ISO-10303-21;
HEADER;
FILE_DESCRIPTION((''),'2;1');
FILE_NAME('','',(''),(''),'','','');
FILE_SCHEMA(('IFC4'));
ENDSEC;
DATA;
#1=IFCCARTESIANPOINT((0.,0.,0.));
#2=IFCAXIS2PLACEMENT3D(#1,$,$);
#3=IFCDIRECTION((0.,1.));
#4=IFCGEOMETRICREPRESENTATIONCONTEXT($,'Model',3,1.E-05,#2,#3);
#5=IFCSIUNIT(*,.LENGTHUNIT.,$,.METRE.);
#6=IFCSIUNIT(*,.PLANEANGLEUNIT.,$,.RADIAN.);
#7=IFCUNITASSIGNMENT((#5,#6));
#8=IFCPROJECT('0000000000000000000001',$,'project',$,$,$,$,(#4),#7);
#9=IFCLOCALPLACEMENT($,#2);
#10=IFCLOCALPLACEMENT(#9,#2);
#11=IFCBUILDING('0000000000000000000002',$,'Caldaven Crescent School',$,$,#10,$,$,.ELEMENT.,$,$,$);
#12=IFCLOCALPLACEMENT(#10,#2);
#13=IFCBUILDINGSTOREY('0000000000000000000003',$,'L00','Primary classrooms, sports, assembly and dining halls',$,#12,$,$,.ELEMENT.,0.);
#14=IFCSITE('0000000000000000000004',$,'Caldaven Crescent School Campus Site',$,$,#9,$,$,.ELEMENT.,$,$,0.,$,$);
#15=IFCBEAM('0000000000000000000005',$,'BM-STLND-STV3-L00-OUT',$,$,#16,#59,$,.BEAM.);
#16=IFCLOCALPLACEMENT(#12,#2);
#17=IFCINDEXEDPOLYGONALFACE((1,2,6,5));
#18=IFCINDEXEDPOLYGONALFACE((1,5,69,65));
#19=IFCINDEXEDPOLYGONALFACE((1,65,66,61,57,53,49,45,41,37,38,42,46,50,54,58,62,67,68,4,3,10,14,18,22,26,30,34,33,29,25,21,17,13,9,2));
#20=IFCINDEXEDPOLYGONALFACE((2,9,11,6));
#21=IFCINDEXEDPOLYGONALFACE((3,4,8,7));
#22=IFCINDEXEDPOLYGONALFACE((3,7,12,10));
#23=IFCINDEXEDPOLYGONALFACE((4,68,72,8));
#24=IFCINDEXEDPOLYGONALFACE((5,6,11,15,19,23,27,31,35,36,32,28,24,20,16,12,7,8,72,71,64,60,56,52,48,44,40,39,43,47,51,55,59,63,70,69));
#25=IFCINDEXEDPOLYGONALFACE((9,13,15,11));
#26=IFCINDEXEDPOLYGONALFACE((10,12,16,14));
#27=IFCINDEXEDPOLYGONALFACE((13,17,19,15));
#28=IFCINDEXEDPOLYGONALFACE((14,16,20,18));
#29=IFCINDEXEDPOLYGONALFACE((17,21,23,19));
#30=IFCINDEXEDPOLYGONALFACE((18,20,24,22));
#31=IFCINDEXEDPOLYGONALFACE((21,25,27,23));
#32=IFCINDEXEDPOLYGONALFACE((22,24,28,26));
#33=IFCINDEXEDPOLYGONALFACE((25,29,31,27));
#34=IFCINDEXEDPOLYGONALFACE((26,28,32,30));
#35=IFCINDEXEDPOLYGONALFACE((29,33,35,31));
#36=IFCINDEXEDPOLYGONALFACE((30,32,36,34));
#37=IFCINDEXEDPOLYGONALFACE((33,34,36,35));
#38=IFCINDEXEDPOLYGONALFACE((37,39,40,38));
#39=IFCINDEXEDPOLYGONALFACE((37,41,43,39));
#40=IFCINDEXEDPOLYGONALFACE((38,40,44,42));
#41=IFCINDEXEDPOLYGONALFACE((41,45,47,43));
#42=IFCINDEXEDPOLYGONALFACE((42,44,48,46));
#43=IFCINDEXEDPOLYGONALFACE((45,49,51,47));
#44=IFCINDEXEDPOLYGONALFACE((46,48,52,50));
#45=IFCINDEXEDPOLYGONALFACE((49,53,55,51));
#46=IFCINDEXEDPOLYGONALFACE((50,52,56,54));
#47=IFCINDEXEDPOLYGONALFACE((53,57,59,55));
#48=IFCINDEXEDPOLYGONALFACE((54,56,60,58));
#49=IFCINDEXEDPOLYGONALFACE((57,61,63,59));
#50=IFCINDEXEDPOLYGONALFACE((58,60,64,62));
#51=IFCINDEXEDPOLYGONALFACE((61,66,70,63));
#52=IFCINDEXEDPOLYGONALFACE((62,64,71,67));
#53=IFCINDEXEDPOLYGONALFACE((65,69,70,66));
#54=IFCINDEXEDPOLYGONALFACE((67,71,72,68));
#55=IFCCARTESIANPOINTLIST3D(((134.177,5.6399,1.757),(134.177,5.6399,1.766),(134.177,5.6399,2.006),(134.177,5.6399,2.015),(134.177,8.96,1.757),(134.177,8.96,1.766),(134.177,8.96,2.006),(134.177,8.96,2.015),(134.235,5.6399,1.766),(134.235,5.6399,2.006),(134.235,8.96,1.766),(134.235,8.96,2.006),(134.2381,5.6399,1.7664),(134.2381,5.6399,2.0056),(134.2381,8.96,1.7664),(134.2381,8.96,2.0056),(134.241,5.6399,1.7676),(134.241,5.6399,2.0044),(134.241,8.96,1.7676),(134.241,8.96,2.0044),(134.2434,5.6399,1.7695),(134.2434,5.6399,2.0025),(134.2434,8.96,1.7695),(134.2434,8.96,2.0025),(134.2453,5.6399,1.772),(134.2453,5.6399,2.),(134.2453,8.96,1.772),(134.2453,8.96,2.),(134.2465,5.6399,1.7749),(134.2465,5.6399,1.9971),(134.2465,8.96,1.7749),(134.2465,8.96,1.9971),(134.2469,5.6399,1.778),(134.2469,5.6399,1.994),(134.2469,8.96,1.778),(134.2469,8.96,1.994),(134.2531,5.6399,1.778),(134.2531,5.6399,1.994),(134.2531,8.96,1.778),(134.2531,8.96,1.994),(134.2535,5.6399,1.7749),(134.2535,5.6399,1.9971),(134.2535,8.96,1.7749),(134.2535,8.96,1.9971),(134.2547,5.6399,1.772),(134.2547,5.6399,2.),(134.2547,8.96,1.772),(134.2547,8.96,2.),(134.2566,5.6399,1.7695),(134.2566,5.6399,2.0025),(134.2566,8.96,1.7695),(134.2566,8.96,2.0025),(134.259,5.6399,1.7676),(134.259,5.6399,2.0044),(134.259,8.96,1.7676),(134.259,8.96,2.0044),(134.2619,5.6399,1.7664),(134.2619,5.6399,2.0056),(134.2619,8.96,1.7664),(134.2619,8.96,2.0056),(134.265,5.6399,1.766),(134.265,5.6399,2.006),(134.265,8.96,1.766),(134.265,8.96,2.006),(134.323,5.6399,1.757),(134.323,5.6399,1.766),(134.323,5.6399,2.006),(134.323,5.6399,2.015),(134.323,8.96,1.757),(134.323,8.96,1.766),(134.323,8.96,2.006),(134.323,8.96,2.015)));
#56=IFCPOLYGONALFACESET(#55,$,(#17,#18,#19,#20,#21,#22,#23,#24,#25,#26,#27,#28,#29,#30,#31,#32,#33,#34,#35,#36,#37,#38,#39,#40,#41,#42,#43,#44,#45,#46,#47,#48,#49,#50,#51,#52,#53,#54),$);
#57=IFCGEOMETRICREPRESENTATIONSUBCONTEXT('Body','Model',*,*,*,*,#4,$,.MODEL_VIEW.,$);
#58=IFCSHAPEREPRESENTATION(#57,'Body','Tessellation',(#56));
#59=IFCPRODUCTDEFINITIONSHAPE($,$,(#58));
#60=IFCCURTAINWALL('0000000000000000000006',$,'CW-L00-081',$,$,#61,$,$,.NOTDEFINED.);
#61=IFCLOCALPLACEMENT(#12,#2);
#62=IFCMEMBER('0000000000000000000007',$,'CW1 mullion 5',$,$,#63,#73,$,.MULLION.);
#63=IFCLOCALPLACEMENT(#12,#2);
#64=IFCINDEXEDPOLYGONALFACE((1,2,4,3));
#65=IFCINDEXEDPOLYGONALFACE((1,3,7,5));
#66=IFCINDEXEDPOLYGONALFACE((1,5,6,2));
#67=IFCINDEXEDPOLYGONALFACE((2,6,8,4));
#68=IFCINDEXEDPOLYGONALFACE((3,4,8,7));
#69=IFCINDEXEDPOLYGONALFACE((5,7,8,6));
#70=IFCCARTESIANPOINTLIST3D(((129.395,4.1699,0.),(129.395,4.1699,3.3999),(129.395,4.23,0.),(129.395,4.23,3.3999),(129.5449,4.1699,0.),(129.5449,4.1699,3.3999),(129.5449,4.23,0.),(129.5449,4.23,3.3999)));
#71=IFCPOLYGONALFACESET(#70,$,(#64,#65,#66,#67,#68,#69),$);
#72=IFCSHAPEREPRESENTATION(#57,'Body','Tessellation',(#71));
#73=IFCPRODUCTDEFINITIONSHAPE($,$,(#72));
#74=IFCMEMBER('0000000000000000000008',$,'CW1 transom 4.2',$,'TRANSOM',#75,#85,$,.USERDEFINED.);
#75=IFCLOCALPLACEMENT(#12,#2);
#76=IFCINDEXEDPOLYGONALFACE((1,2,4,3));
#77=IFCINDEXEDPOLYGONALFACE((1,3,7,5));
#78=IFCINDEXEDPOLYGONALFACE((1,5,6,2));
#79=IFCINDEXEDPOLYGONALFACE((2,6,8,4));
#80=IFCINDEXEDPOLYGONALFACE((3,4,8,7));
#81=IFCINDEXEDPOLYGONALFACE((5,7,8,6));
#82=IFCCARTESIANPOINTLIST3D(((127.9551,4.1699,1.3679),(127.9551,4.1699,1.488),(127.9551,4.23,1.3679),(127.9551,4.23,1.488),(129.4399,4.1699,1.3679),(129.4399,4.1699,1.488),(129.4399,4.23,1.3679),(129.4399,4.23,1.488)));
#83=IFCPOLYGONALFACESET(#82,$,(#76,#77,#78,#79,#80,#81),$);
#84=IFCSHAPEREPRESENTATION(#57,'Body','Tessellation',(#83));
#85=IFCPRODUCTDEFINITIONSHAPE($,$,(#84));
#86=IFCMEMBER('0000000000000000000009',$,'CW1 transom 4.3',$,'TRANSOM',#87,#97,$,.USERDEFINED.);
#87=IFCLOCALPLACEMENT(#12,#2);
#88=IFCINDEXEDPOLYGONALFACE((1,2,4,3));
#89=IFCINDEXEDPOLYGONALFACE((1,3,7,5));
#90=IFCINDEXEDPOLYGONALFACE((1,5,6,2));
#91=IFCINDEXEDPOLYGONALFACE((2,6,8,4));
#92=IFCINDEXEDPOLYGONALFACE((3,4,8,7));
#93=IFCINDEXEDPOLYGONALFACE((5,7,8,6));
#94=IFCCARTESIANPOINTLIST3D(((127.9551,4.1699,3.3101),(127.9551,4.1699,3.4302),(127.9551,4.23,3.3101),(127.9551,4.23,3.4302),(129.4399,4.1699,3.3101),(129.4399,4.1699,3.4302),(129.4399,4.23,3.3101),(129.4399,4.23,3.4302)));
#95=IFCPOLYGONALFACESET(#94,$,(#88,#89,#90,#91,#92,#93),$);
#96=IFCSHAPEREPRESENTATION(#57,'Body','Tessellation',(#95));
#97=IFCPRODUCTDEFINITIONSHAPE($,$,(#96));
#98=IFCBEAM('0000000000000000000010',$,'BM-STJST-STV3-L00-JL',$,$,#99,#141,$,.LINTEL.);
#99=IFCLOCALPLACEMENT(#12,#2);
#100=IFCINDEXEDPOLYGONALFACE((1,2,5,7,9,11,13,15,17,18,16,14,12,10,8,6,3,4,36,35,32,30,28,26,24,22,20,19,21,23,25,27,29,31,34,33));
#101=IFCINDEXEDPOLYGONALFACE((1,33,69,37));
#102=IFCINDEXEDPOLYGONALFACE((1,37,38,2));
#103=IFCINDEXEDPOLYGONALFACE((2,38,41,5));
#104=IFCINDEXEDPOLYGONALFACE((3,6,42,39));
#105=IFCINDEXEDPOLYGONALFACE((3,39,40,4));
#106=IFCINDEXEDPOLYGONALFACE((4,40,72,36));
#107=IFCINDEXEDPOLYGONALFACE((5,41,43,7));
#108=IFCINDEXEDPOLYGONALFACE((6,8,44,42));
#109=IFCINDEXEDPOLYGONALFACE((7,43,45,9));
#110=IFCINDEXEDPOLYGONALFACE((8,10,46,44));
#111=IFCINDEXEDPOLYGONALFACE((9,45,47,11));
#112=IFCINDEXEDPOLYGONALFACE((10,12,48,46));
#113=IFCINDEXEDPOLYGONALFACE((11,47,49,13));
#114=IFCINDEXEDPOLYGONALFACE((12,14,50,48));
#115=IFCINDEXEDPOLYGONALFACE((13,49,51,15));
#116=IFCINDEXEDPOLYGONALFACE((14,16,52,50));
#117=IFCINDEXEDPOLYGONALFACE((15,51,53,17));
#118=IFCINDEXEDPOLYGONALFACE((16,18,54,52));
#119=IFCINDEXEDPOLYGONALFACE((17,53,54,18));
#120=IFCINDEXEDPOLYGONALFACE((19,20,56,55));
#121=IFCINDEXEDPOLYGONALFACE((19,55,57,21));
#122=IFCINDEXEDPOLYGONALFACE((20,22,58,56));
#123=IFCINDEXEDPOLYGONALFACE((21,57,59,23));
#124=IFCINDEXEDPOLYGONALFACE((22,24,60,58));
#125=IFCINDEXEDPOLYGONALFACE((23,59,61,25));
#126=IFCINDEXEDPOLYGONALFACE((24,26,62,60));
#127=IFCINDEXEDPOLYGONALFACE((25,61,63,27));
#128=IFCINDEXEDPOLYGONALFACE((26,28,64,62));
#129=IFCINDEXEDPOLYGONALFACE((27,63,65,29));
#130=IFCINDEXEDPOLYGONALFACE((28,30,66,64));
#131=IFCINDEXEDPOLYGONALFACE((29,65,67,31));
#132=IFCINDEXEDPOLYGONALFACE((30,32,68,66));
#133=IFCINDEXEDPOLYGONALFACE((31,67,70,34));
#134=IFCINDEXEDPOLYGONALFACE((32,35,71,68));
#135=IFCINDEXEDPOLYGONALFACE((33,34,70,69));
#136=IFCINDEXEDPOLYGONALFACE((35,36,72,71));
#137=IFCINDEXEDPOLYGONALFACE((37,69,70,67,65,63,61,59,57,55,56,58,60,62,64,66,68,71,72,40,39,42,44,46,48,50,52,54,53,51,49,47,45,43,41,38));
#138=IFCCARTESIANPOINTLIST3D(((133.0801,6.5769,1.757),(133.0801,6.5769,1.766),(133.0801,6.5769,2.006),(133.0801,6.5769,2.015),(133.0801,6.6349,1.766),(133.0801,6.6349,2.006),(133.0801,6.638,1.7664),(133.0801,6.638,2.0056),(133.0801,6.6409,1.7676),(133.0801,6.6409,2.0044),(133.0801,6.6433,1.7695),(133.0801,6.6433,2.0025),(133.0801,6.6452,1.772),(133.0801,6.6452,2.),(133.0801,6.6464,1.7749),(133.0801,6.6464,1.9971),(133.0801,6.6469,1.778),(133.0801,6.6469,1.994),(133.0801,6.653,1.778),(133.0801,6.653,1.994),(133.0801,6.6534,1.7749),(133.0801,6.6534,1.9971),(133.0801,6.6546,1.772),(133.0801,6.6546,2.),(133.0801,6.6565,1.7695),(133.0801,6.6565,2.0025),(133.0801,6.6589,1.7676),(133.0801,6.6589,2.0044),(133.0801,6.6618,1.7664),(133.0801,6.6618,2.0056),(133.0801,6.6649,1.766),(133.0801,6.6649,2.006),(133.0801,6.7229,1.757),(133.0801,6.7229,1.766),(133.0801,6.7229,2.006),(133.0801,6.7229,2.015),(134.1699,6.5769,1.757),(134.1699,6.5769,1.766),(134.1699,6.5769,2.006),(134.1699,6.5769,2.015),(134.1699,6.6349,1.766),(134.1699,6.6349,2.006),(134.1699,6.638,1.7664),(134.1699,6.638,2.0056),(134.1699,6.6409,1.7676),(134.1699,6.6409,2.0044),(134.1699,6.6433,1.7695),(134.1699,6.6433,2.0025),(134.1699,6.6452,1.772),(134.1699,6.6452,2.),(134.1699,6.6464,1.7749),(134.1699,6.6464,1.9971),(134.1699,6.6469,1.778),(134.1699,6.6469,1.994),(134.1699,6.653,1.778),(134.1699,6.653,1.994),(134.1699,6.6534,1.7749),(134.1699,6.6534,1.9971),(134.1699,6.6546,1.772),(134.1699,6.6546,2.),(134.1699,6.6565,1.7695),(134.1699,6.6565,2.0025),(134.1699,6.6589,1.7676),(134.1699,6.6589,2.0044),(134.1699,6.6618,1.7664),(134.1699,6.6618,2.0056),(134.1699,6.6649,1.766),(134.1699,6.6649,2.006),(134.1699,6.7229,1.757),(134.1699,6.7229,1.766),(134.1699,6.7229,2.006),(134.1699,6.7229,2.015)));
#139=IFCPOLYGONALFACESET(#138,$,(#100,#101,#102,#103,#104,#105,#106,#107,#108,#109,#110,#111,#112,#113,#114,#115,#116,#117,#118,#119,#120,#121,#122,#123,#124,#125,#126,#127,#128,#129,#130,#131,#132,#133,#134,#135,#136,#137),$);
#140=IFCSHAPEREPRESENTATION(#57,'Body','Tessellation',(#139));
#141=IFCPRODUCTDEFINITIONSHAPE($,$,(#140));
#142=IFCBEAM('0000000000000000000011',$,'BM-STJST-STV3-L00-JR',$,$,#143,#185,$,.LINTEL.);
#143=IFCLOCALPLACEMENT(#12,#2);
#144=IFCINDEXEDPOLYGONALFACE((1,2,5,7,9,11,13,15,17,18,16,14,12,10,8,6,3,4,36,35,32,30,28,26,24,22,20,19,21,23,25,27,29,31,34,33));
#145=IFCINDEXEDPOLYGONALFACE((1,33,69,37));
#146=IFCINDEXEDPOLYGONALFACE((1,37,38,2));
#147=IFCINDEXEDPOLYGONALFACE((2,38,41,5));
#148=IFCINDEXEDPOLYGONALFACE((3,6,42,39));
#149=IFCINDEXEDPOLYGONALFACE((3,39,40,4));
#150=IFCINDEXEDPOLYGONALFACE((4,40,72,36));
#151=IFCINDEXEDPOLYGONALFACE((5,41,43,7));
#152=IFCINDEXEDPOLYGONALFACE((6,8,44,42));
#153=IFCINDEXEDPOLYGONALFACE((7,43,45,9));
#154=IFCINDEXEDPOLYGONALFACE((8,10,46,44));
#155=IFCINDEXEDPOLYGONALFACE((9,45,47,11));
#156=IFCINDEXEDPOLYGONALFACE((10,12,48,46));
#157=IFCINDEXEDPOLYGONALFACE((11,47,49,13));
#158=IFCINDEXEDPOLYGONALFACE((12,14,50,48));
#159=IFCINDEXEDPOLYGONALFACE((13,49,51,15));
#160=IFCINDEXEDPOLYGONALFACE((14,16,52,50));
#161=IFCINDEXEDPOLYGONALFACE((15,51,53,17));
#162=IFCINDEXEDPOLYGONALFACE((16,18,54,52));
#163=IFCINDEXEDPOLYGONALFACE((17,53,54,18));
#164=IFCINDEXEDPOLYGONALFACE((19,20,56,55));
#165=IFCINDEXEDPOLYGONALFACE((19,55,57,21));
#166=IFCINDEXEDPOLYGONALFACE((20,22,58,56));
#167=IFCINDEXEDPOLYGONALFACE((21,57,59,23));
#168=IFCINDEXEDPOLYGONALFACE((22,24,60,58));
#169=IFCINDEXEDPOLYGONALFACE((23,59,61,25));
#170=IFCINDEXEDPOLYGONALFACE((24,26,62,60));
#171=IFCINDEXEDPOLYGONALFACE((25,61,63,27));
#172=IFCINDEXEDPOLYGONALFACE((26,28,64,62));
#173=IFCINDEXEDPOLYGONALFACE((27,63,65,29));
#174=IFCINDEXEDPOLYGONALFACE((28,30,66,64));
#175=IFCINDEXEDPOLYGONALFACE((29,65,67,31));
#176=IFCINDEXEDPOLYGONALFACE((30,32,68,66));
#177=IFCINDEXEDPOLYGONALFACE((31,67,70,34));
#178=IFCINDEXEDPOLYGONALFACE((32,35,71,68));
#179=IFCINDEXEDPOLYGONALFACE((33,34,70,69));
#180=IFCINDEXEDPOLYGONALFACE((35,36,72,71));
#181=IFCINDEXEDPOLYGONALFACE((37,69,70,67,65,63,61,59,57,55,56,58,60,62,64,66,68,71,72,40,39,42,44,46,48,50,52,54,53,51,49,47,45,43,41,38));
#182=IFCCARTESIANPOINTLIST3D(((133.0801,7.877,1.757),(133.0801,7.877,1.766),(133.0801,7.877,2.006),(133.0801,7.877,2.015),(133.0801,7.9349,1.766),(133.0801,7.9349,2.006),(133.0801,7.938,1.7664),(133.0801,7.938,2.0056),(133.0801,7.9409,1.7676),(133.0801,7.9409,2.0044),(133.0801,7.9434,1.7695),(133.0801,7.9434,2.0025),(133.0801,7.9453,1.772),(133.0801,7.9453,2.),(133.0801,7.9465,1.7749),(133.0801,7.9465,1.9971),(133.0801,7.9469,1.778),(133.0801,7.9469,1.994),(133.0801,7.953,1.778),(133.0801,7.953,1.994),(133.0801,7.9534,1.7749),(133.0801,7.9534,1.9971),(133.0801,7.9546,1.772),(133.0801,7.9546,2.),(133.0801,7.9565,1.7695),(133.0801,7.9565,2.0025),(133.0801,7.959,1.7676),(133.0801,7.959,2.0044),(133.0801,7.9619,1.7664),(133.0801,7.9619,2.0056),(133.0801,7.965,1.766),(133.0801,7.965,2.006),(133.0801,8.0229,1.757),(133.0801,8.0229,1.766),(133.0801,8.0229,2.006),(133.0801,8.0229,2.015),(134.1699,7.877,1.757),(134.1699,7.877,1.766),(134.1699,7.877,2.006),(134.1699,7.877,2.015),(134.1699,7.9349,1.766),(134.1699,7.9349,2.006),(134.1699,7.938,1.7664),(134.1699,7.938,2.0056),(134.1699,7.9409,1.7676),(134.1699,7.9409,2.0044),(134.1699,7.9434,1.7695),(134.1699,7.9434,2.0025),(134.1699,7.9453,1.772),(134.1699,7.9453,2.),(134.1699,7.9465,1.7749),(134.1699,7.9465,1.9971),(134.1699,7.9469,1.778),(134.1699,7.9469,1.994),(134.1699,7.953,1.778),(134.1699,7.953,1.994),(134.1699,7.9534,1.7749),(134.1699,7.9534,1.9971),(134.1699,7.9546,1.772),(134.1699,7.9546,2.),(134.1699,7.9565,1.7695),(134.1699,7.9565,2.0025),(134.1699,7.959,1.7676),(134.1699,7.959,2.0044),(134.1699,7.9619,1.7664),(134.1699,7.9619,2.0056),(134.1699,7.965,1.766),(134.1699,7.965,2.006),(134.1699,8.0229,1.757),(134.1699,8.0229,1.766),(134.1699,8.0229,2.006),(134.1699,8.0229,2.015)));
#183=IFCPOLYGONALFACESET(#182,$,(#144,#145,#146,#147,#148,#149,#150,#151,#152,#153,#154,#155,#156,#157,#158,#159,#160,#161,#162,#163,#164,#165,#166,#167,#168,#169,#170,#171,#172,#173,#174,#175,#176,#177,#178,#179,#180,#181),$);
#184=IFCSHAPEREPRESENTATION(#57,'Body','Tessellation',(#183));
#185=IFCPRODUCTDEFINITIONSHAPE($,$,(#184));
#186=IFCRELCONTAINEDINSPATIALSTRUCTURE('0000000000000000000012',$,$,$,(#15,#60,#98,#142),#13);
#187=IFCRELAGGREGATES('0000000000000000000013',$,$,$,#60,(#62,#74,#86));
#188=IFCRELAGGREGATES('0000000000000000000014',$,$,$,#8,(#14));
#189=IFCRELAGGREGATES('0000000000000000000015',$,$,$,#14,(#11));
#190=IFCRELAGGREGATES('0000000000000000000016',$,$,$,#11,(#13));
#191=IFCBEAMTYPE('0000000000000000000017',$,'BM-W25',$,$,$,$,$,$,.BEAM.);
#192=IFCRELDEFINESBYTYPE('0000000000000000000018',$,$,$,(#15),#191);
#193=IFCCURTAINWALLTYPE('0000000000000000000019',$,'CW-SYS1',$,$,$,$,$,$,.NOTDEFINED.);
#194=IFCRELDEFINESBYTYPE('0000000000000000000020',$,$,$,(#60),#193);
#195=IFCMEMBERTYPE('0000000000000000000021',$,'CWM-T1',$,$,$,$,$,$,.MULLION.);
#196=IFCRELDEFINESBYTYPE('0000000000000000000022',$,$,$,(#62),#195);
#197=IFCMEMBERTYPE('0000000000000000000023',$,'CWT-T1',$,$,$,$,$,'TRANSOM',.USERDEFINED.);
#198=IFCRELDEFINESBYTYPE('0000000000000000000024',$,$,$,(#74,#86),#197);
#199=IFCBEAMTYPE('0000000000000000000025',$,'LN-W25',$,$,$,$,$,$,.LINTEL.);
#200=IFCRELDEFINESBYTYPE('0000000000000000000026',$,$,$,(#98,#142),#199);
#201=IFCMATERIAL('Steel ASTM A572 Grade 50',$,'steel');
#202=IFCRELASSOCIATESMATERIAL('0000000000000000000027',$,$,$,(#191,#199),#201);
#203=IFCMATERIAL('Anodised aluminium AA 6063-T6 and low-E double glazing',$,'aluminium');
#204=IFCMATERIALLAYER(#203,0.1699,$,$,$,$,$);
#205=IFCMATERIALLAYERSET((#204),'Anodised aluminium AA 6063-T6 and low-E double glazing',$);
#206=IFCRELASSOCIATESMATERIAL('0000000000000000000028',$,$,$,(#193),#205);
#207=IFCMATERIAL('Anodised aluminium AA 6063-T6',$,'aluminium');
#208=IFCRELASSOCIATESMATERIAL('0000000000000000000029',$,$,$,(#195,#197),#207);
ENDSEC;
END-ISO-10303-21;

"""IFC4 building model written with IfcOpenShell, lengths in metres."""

from ifc_helpers import new_model, si_unit, direction, frame, origin, origin_2d, place, context, subcontext, project, spatial, rectangle, i_section, extrude, material, layer, layer_set, material_profile, profile_set, type_object, element, aggregate, save


model = new_model("IFC4")

# Units and contexts
model_context = context("Model", 3, precision=1e-05, world=origin(), true_north=direction((0.0, 1.0)))
body_context = subcontext(model_context, "Body", "Model", "MODEL_VIEW")
ifc_project = project(units=[si_unit("LENGTHUNIT", "METRE"), si_unit("PLANEANGLEUNIT", "RADIAN")], contexts=[model_context])

# Site, building, storey
site_placement = place(None, origin())
site = spatial("IfcSite", under=ifc_project, at=site_placement, Name="Caldaven Crescent School Campus Site", CompositionType="ELEMENT", RefElevation=0.0)
building_placement = place(site_placement, origin())
building = spatial("IfcBuilding", under=site, at=building_placement, Name="Caldaven Crescent School", CompositionType="ELEMENT")
storey_placement = place(building_placement, origin())
storey = spatial("IfcBuildingStorey", under=building, at=storey_placement, Name="L00", Description="Primary classrooms, sports, assembly and dining halls", CompositionType="ELEMENT", Elevation=0.0)

# Shared definitions
ifc_material_1 = material(Name="Steel ASTM A572 Grade 50", Category="steel")

# Beam
ifc_material_profile_1 = material_profile(ifc_material_1, i_section(OverallWidth=0.146, OverallDepth=0.2581, WebThickness=0.0061, FlangeThickness=0.009, FilletRadius=0.012, at=origin_2d()), Name="W250x33")
ifc_profile_set_1 = profile_set([ifc_material_profile_1], Name="Steel ASTM A572 Grade 50")
beam_type_1 = type_object("IfcBeamType", Name="BM-W25", PredefinedType="BEAM", material=ifc_profile_set_1)
for number, where, z_axis, x_axis, name in (
    (1, (134.25, 5.6399, 1.886), (0.0, 1.0, 0.0), (-1.0, 0.0, 0.0), "BM-STLND-STV3-L00-OUT"),
):
    element("IfcBeam", number, at=place(storey_placement, frame(where, z_axis=z_axis, x_axis=x_axis)), inside=storey, type_object=beam_type_1, Name=name, PredefinedType="BEAM", context=body_context, shape_type="SweptSolid", body=[
        extrude(i_section(OverallWidth=0.146, OverallDepth=0.2581, WebThickness=0.0061, FlangeThickness=0.009, FilletRadius=0.012, at=origin_2d()), origin(), (0.0, 0.0, 1.0), 3.3201),
    ])

# Curtain wall, members
ifc_material_2 = material(Name="Anodised aluminium AA 6063-T6 and low-E double glazing", Category="aluminium")
ifc_layer_1 = layer(ifc_material_2, 0.1699)
ifc_layer_set_1 = layer_set([ifc_layer_1], Name="Anodised aluminium AA 6063-T6 and low-E double glazing")
curtain_wall_type = type_object("IfcCurtainWallType", Name="CW-SYS1", PredefinedType="NOTDEFINED", material=ifc_layer_set_1)
curtain_wall_placement = place(storey_placement, origin())
curtain_wall = element("IfcCurtainWall", 2, at=curtain_wall_placement, inside=storey, type_object=curtain_wall_type, Name="CW-L00-081", PredefinedType="NOTDEFINED")
ifc_material_3 = material(Name="Anodised aluminium AA 6063-T6", Category="aluminium")
ifc_material_profile_2 = material_profile(ifc_material_3, rectangle(XDim=0.0601, YDim=0.1499, at=origin_2d()), Name="CWM 60x150")
ifc_profile_set_2 = profile_set([ifc_material_profile_2], Name="Anodised aluminium AA 6063-T6")
member_type_1 = type_object("IfcMemberType", Name="CWM-T1", PredefinedType="MULLION", material=ifc_profile_set_2)
member_1_placement = place(storey_placement, frame((129.47, 4.2, 0.0), z_axis=(0.0, 0.0, 1.0), x_axis=(0.0, 1.0, 0.0)))
member_1 = element("IfcMember", 3, at=member_1_placement, type_object=member_type_1, Name="CW1 mullion 5", PredefinedType="MULLION", context=body_context, shape_type="SweptSolid", body=[
    extrude(rectangle(XDim=0.0601, YDim=0.1499, at=origin_2d()), origin(), (0.0, 0.0, 1.0), 3.3999),
])
ifc_material_profile_3 = material_profile(ifc_material_3, rectangle(XDim=0.0601, YDim=0.1201, at=origin_2d()), Name="CWT 60x120")
ifc_profile_set_3 = profile_set([ifc_material_profile_3], Name="Anodised aluminium AA 6063-T6")
member_type_2 = type_object("IfcMemberType", Name="CWT-T1", ElementType="TRANSOM", PredefinedType="USERDEFINED", material=ifc_profile_set_3)
member_2_placement = place(storey_placement, frame((127.9551, 4.2, 1.428), z_axis=(1.0, 0.0, 0.0), x_axis=(0.0, 1.0, 0.0)))
member_2 = element("IfcMember", 4, at=member_2_placement, type_object=member_type_2, Name="CW1 transom 4.2", ObjectType="TRANSOM", PredefinedType="USERDEFINED", context=body_context, shape_type="SweptSolid", body=[
    extrude(rectangle(XDim=0.0601, YDim=0.1201, at=origin_2d()), origin(), (0.0, 0.0, 1.0), 1.4849),
])
member_3_placement = place(storey_placement, frame((127.9551, 4.2, 3.3701), z_axis=(1.0, 0.0, 0.0), x_axis=(0.0, 1.0, 0.0)))
member_3 = element("IfcMember", 5, at=member_3_placement, type_object=member_type_2, Name="CW1 transom 4.3", ObjectType="TRANSOM", PredefinedType="USERDEFINED", context=body_context, shape_type="SweptSolid", body=[
    extrude(rectangle(XDim=0.0601, YDim=0.1201, at=origin_2d()), origin(), (0.0, 0.0, 1.0), 1.4849),
])

# Beams
ifc_material_profile_4 = material_profile(ifc_material_1, i_section(OverallWidth=0.146, OverallDepth=0.2581, WebThickness=0.0061, FlangeThickness=0.009, FilletRadius=0.012, at=origin_2d()), Name="W250x33")
ifc_profile_set_4 = profile_set([ifc_material_profile_4], Name="Steel ASTM A572 Grade 50")
beam_type_2 = type_object("IfcBeamType", Name="LN-W25", PredefinedType="LINTEL", material=ifc_profile_set_4)
for number, where, z_axis, x_axis, name in (
    (6, (133.0801, 6.6499, 1.886), (1.0, 0.0, 0.0), (0.0, 1.0, 0.0), "BM-STJST-STV3-L00-JL"),
    (7, (133.0801, 7.95, 1.886), (1.0, 0.0, 0.0), (0.0, 1.0, 0.0), "BM-STJST-STV3-L00-JR"),
):
    element("IfcBeam", number, at=place(storey_placement, frame(where, z_axis=z_axis, x_axis=x_axis)), inside=storey, type_object=beam_type_2, Name=name, PredefinedType="LINTEL", context=body_context, shape_type="SweptSolid", body=[
        extrude(i_section(OverallWidth=0.146, OverallDepth=0.2581, WebThickness=0.0061, FlangeThickness=0.009, FilletRadius=0.012, at=origin_2d()), origin(), (0.0, 0.0, 1.0), 1.0898),
    ])

aggregate(curtain_wall, [member_1, member_2, member_3])

save(model, "model.ifc")
